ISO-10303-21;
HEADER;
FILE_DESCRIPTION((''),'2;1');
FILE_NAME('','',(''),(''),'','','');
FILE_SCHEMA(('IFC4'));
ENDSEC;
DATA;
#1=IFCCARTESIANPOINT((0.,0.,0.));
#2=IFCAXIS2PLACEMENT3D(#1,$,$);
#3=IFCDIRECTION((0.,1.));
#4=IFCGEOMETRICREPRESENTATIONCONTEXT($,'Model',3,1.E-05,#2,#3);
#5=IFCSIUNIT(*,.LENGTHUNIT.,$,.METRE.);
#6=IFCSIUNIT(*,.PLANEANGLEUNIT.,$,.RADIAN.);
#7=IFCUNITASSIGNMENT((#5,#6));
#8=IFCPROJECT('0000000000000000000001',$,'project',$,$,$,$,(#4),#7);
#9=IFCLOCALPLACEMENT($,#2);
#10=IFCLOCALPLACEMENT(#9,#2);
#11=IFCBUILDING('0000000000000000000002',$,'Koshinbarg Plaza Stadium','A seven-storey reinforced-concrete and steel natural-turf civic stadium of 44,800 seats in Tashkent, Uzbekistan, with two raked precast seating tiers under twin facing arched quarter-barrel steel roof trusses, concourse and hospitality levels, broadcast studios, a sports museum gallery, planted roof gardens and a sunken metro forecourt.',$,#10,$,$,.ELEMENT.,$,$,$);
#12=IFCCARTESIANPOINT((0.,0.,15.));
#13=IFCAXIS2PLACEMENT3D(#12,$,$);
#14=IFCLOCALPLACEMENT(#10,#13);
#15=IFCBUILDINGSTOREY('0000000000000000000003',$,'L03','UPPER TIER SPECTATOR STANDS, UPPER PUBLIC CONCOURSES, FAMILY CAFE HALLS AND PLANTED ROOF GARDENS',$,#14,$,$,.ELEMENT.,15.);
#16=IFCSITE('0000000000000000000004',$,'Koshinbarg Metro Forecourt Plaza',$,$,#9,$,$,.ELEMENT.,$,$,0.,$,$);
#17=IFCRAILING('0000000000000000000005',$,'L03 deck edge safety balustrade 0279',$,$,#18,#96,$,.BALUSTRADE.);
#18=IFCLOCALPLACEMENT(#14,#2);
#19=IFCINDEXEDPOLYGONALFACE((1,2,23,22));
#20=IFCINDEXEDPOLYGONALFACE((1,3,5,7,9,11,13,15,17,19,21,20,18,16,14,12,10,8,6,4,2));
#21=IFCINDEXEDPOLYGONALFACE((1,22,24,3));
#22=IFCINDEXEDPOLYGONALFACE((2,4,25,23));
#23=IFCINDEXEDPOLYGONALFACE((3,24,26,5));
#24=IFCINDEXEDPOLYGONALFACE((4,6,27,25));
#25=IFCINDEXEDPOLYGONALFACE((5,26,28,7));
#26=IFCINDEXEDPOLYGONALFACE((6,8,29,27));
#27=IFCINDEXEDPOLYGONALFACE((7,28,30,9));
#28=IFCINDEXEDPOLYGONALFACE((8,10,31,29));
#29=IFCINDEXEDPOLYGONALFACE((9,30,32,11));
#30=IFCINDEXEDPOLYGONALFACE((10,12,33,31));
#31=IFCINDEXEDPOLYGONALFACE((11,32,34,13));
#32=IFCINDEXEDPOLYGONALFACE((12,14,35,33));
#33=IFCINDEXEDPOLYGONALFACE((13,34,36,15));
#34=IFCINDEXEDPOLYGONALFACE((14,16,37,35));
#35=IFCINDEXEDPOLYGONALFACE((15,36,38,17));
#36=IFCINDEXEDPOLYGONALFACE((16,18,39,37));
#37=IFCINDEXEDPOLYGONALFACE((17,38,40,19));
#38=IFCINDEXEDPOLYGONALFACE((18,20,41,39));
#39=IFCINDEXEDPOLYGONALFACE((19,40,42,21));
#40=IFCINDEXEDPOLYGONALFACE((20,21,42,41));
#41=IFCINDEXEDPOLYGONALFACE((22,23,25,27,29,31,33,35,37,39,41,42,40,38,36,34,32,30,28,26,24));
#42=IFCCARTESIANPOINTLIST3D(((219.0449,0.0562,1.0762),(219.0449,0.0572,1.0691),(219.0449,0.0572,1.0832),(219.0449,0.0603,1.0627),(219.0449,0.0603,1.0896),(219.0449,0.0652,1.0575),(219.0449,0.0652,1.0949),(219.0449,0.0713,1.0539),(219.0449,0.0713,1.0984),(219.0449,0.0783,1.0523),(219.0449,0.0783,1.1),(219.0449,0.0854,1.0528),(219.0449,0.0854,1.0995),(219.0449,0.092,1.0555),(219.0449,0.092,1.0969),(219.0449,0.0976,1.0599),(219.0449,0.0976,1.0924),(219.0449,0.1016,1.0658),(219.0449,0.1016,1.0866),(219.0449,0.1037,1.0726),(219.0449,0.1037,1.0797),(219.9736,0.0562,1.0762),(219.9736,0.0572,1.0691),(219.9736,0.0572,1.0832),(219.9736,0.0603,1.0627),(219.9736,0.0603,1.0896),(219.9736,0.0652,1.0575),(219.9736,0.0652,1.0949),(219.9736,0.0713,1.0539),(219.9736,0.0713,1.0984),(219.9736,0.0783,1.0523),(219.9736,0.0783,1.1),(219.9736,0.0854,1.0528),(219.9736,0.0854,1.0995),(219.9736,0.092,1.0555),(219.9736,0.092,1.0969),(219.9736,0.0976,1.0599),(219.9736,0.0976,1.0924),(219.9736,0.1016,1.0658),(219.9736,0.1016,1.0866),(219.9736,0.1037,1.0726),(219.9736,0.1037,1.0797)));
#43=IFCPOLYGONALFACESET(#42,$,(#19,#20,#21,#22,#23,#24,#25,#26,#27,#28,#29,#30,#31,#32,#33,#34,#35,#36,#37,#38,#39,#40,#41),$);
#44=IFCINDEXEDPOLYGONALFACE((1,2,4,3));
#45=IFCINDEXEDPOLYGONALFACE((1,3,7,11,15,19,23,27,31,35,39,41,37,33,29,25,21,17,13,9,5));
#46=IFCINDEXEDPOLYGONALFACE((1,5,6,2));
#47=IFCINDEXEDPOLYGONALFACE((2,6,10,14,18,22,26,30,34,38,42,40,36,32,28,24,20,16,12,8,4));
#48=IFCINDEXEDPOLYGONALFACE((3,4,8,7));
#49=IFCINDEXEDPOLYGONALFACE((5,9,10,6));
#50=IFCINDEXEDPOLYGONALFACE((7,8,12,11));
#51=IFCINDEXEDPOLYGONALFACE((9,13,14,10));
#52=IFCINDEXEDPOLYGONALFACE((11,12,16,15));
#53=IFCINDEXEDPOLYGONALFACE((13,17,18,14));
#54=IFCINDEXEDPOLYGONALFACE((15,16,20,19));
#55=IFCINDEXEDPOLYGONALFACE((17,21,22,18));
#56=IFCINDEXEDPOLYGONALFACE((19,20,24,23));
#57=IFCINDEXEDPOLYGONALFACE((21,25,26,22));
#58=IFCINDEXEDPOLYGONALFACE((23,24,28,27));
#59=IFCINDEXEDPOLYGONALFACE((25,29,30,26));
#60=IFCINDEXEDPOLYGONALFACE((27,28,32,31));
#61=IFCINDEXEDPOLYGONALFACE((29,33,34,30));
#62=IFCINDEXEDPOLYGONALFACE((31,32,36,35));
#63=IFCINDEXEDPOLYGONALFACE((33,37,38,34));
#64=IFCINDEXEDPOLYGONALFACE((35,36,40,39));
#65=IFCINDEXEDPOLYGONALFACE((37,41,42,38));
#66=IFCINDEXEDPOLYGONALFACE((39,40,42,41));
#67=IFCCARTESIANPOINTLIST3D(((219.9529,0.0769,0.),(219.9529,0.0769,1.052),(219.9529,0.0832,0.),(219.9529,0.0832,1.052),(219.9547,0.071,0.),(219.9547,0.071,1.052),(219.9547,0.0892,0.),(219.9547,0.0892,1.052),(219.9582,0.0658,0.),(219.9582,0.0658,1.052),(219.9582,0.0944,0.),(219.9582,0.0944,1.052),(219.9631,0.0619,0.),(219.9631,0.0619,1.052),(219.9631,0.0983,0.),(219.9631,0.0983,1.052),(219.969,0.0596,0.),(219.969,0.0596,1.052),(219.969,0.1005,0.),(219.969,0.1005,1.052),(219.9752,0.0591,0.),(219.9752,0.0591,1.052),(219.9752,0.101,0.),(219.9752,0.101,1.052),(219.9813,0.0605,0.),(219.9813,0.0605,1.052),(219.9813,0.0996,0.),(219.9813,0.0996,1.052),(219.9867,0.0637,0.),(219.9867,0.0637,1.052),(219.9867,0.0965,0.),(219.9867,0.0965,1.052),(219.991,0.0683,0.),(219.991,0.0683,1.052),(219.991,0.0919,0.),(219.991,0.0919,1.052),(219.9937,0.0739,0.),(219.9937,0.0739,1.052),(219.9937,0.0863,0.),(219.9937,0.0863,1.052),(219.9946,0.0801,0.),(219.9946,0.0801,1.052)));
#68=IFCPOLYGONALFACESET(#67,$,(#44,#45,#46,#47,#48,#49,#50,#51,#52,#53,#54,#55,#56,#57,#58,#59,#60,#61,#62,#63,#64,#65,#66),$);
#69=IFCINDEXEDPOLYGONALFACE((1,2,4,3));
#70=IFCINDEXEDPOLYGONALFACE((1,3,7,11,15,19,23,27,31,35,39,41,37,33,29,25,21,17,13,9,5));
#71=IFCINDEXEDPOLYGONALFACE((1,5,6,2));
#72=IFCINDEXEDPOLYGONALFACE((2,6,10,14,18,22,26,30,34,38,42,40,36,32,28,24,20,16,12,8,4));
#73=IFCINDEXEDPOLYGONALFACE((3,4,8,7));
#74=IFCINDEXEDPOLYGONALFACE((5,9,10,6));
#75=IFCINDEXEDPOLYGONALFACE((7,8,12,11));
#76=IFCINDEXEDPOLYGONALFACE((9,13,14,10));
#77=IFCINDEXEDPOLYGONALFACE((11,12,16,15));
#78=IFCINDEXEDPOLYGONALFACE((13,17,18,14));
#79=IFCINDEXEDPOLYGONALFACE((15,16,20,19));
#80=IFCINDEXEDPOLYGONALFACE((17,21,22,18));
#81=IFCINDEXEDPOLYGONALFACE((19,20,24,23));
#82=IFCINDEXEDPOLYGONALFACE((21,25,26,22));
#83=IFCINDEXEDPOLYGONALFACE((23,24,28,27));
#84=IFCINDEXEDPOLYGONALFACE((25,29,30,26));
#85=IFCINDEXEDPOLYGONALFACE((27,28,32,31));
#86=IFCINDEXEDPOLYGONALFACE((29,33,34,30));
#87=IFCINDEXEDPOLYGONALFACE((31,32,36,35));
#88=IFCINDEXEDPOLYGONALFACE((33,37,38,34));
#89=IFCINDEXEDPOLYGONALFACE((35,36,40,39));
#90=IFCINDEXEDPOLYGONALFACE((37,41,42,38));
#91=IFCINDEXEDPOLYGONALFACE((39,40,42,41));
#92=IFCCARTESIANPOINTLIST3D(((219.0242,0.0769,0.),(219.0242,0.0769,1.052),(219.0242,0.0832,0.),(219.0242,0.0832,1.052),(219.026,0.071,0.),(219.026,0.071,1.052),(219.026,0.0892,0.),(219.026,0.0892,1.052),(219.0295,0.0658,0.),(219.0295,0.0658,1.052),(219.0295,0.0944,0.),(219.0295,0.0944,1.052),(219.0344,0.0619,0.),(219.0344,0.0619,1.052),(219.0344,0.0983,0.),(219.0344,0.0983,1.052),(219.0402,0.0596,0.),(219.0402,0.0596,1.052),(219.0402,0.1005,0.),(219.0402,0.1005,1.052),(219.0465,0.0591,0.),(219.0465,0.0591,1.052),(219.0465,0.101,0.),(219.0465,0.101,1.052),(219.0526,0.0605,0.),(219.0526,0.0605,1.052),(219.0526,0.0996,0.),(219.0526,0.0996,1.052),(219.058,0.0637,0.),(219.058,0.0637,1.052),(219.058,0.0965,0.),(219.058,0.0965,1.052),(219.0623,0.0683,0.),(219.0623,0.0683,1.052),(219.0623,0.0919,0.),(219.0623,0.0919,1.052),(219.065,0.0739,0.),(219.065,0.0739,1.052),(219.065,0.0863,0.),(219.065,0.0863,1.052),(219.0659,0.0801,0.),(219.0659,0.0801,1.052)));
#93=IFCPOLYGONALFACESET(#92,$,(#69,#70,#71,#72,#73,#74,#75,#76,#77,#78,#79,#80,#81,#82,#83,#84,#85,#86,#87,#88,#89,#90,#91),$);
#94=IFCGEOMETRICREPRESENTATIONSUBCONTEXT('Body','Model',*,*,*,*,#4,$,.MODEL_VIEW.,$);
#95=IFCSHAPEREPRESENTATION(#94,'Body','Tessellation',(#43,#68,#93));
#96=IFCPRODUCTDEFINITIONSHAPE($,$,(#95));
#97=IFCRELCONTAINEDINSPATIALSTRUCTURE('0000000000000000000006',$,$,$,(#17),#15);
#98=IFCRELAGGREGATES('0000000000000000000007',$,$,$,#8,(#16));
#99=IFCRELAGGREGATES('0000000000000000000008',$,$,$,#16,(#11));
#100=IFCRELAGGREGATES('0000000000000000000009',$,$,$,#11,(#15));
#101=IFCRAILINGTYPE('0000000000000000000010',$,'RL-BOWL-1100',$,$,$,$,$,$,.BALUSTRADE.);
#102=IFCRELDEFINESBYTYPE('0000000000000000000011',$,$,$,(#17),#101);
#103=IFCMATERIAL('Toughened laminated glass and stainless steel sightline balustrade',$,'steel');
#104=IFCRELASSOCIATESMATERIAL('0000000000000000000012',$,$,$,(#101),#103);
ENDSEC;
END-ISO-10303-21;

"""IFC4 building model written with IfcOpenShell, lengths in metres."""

from ifc_helpers import new_model, si_unit, direction, frame, origin, origin_2d, place, context, subcontext, project, spatial, circle, extrude, material, type_object, element, save


model = new_model("IFC4")

# Units and contexts
model_context = context("Model", 3, precision=1e-05, world=origin(), true_north=direction((0.0, 1.0)))
body_context = subcontext(model_context, "Body", "Model", "MODEL_VIEW")
ifc_project = project(units=[si_unit("LENGTHUNIT", "METRE"), si_unit("PLANEANGLEUNIT", "RADIAN")], contexts=[model_context])

# Site, building, storey
site_placement = place(None, origin())
site = spatial("IfcSite", under=ifc_project, at=site_placement, Name="Koshinbarg Metro Forecourt Plaza", CompositionType="ELEMENT", RefElevation=0.0)
building_placement = place(site_placement, origin())
building = spatial("IfcBuilding", under=site, at=building_placement, Name="Koshinbarg Plaza Stadium", Description="A seven-storey reinforced-concrete and steel natural-turf civic stadium of 44,800 seats in Tashkent, Uzbekistan, with two raked precast seating tiers under twin facing arched quarter-barrel steel roof trusses, concourse and hospitality levels, broadcast studios, a sports museum gallery, planted roof gardens and a sunken metro forecourt.", CompositionType="ELEMENT")
storey_placement = place(building_placement, frame((0.0, 0.0, 15.0)))
storey = spatial("IfcBuildingStorey", under=building, at=storey_placement, Name="L03", Description="UPPER TIER SPECTATOR STANDS, UPPER PUBLIC CONCOURSES, FAMILY CAFE HALLS AND PLANTED ROOF GARDENS", CompositionType="ELEMENT", Elevation=15.0)

# Railing
ifc_material_1 = material(Name="Toughened laminated glass and stainless steel sightline balustrade", Category="steel")
railing_type = type_object("IfcRailingType", Name="RL-BOWL-1100", PredefinedType="BALUSTRADE", material=ifc_material_1)
railing_1_placement = place(storey_placement, frame((219.9736, 0.0801, 0.0)))
element("IfcRailing", 1, at=railing_1_placement, inside=storey, type_object=railing_type, Name="L03 deck edge safety balustrade 0279", PredefinedType="BALUSTRADE", context=body_context, shape_type="SweptSolid", body=[
    extrude(circle(Radius=0.0239, at=origin_2d()), frame((0.0, 0.0, 1.0762), z_axis=(-1.0, 0.0, 0.0), x_axis=(0.0, -1.0, 0.0)), (0.0, 0.0, 1.0), 0.9287),
    extrude(circle(Radius=0.021, at=origin_2d()), origin(), (0.0, 0.0, 1.0), 1.052),
    extrude(circle(Radius=0.021, at=origin_2d()), frame((-0.9287, 0.0, 0.0)), (0.0, 0.0, 1.0), 1.052),
])

save(model, "model.ifc")
